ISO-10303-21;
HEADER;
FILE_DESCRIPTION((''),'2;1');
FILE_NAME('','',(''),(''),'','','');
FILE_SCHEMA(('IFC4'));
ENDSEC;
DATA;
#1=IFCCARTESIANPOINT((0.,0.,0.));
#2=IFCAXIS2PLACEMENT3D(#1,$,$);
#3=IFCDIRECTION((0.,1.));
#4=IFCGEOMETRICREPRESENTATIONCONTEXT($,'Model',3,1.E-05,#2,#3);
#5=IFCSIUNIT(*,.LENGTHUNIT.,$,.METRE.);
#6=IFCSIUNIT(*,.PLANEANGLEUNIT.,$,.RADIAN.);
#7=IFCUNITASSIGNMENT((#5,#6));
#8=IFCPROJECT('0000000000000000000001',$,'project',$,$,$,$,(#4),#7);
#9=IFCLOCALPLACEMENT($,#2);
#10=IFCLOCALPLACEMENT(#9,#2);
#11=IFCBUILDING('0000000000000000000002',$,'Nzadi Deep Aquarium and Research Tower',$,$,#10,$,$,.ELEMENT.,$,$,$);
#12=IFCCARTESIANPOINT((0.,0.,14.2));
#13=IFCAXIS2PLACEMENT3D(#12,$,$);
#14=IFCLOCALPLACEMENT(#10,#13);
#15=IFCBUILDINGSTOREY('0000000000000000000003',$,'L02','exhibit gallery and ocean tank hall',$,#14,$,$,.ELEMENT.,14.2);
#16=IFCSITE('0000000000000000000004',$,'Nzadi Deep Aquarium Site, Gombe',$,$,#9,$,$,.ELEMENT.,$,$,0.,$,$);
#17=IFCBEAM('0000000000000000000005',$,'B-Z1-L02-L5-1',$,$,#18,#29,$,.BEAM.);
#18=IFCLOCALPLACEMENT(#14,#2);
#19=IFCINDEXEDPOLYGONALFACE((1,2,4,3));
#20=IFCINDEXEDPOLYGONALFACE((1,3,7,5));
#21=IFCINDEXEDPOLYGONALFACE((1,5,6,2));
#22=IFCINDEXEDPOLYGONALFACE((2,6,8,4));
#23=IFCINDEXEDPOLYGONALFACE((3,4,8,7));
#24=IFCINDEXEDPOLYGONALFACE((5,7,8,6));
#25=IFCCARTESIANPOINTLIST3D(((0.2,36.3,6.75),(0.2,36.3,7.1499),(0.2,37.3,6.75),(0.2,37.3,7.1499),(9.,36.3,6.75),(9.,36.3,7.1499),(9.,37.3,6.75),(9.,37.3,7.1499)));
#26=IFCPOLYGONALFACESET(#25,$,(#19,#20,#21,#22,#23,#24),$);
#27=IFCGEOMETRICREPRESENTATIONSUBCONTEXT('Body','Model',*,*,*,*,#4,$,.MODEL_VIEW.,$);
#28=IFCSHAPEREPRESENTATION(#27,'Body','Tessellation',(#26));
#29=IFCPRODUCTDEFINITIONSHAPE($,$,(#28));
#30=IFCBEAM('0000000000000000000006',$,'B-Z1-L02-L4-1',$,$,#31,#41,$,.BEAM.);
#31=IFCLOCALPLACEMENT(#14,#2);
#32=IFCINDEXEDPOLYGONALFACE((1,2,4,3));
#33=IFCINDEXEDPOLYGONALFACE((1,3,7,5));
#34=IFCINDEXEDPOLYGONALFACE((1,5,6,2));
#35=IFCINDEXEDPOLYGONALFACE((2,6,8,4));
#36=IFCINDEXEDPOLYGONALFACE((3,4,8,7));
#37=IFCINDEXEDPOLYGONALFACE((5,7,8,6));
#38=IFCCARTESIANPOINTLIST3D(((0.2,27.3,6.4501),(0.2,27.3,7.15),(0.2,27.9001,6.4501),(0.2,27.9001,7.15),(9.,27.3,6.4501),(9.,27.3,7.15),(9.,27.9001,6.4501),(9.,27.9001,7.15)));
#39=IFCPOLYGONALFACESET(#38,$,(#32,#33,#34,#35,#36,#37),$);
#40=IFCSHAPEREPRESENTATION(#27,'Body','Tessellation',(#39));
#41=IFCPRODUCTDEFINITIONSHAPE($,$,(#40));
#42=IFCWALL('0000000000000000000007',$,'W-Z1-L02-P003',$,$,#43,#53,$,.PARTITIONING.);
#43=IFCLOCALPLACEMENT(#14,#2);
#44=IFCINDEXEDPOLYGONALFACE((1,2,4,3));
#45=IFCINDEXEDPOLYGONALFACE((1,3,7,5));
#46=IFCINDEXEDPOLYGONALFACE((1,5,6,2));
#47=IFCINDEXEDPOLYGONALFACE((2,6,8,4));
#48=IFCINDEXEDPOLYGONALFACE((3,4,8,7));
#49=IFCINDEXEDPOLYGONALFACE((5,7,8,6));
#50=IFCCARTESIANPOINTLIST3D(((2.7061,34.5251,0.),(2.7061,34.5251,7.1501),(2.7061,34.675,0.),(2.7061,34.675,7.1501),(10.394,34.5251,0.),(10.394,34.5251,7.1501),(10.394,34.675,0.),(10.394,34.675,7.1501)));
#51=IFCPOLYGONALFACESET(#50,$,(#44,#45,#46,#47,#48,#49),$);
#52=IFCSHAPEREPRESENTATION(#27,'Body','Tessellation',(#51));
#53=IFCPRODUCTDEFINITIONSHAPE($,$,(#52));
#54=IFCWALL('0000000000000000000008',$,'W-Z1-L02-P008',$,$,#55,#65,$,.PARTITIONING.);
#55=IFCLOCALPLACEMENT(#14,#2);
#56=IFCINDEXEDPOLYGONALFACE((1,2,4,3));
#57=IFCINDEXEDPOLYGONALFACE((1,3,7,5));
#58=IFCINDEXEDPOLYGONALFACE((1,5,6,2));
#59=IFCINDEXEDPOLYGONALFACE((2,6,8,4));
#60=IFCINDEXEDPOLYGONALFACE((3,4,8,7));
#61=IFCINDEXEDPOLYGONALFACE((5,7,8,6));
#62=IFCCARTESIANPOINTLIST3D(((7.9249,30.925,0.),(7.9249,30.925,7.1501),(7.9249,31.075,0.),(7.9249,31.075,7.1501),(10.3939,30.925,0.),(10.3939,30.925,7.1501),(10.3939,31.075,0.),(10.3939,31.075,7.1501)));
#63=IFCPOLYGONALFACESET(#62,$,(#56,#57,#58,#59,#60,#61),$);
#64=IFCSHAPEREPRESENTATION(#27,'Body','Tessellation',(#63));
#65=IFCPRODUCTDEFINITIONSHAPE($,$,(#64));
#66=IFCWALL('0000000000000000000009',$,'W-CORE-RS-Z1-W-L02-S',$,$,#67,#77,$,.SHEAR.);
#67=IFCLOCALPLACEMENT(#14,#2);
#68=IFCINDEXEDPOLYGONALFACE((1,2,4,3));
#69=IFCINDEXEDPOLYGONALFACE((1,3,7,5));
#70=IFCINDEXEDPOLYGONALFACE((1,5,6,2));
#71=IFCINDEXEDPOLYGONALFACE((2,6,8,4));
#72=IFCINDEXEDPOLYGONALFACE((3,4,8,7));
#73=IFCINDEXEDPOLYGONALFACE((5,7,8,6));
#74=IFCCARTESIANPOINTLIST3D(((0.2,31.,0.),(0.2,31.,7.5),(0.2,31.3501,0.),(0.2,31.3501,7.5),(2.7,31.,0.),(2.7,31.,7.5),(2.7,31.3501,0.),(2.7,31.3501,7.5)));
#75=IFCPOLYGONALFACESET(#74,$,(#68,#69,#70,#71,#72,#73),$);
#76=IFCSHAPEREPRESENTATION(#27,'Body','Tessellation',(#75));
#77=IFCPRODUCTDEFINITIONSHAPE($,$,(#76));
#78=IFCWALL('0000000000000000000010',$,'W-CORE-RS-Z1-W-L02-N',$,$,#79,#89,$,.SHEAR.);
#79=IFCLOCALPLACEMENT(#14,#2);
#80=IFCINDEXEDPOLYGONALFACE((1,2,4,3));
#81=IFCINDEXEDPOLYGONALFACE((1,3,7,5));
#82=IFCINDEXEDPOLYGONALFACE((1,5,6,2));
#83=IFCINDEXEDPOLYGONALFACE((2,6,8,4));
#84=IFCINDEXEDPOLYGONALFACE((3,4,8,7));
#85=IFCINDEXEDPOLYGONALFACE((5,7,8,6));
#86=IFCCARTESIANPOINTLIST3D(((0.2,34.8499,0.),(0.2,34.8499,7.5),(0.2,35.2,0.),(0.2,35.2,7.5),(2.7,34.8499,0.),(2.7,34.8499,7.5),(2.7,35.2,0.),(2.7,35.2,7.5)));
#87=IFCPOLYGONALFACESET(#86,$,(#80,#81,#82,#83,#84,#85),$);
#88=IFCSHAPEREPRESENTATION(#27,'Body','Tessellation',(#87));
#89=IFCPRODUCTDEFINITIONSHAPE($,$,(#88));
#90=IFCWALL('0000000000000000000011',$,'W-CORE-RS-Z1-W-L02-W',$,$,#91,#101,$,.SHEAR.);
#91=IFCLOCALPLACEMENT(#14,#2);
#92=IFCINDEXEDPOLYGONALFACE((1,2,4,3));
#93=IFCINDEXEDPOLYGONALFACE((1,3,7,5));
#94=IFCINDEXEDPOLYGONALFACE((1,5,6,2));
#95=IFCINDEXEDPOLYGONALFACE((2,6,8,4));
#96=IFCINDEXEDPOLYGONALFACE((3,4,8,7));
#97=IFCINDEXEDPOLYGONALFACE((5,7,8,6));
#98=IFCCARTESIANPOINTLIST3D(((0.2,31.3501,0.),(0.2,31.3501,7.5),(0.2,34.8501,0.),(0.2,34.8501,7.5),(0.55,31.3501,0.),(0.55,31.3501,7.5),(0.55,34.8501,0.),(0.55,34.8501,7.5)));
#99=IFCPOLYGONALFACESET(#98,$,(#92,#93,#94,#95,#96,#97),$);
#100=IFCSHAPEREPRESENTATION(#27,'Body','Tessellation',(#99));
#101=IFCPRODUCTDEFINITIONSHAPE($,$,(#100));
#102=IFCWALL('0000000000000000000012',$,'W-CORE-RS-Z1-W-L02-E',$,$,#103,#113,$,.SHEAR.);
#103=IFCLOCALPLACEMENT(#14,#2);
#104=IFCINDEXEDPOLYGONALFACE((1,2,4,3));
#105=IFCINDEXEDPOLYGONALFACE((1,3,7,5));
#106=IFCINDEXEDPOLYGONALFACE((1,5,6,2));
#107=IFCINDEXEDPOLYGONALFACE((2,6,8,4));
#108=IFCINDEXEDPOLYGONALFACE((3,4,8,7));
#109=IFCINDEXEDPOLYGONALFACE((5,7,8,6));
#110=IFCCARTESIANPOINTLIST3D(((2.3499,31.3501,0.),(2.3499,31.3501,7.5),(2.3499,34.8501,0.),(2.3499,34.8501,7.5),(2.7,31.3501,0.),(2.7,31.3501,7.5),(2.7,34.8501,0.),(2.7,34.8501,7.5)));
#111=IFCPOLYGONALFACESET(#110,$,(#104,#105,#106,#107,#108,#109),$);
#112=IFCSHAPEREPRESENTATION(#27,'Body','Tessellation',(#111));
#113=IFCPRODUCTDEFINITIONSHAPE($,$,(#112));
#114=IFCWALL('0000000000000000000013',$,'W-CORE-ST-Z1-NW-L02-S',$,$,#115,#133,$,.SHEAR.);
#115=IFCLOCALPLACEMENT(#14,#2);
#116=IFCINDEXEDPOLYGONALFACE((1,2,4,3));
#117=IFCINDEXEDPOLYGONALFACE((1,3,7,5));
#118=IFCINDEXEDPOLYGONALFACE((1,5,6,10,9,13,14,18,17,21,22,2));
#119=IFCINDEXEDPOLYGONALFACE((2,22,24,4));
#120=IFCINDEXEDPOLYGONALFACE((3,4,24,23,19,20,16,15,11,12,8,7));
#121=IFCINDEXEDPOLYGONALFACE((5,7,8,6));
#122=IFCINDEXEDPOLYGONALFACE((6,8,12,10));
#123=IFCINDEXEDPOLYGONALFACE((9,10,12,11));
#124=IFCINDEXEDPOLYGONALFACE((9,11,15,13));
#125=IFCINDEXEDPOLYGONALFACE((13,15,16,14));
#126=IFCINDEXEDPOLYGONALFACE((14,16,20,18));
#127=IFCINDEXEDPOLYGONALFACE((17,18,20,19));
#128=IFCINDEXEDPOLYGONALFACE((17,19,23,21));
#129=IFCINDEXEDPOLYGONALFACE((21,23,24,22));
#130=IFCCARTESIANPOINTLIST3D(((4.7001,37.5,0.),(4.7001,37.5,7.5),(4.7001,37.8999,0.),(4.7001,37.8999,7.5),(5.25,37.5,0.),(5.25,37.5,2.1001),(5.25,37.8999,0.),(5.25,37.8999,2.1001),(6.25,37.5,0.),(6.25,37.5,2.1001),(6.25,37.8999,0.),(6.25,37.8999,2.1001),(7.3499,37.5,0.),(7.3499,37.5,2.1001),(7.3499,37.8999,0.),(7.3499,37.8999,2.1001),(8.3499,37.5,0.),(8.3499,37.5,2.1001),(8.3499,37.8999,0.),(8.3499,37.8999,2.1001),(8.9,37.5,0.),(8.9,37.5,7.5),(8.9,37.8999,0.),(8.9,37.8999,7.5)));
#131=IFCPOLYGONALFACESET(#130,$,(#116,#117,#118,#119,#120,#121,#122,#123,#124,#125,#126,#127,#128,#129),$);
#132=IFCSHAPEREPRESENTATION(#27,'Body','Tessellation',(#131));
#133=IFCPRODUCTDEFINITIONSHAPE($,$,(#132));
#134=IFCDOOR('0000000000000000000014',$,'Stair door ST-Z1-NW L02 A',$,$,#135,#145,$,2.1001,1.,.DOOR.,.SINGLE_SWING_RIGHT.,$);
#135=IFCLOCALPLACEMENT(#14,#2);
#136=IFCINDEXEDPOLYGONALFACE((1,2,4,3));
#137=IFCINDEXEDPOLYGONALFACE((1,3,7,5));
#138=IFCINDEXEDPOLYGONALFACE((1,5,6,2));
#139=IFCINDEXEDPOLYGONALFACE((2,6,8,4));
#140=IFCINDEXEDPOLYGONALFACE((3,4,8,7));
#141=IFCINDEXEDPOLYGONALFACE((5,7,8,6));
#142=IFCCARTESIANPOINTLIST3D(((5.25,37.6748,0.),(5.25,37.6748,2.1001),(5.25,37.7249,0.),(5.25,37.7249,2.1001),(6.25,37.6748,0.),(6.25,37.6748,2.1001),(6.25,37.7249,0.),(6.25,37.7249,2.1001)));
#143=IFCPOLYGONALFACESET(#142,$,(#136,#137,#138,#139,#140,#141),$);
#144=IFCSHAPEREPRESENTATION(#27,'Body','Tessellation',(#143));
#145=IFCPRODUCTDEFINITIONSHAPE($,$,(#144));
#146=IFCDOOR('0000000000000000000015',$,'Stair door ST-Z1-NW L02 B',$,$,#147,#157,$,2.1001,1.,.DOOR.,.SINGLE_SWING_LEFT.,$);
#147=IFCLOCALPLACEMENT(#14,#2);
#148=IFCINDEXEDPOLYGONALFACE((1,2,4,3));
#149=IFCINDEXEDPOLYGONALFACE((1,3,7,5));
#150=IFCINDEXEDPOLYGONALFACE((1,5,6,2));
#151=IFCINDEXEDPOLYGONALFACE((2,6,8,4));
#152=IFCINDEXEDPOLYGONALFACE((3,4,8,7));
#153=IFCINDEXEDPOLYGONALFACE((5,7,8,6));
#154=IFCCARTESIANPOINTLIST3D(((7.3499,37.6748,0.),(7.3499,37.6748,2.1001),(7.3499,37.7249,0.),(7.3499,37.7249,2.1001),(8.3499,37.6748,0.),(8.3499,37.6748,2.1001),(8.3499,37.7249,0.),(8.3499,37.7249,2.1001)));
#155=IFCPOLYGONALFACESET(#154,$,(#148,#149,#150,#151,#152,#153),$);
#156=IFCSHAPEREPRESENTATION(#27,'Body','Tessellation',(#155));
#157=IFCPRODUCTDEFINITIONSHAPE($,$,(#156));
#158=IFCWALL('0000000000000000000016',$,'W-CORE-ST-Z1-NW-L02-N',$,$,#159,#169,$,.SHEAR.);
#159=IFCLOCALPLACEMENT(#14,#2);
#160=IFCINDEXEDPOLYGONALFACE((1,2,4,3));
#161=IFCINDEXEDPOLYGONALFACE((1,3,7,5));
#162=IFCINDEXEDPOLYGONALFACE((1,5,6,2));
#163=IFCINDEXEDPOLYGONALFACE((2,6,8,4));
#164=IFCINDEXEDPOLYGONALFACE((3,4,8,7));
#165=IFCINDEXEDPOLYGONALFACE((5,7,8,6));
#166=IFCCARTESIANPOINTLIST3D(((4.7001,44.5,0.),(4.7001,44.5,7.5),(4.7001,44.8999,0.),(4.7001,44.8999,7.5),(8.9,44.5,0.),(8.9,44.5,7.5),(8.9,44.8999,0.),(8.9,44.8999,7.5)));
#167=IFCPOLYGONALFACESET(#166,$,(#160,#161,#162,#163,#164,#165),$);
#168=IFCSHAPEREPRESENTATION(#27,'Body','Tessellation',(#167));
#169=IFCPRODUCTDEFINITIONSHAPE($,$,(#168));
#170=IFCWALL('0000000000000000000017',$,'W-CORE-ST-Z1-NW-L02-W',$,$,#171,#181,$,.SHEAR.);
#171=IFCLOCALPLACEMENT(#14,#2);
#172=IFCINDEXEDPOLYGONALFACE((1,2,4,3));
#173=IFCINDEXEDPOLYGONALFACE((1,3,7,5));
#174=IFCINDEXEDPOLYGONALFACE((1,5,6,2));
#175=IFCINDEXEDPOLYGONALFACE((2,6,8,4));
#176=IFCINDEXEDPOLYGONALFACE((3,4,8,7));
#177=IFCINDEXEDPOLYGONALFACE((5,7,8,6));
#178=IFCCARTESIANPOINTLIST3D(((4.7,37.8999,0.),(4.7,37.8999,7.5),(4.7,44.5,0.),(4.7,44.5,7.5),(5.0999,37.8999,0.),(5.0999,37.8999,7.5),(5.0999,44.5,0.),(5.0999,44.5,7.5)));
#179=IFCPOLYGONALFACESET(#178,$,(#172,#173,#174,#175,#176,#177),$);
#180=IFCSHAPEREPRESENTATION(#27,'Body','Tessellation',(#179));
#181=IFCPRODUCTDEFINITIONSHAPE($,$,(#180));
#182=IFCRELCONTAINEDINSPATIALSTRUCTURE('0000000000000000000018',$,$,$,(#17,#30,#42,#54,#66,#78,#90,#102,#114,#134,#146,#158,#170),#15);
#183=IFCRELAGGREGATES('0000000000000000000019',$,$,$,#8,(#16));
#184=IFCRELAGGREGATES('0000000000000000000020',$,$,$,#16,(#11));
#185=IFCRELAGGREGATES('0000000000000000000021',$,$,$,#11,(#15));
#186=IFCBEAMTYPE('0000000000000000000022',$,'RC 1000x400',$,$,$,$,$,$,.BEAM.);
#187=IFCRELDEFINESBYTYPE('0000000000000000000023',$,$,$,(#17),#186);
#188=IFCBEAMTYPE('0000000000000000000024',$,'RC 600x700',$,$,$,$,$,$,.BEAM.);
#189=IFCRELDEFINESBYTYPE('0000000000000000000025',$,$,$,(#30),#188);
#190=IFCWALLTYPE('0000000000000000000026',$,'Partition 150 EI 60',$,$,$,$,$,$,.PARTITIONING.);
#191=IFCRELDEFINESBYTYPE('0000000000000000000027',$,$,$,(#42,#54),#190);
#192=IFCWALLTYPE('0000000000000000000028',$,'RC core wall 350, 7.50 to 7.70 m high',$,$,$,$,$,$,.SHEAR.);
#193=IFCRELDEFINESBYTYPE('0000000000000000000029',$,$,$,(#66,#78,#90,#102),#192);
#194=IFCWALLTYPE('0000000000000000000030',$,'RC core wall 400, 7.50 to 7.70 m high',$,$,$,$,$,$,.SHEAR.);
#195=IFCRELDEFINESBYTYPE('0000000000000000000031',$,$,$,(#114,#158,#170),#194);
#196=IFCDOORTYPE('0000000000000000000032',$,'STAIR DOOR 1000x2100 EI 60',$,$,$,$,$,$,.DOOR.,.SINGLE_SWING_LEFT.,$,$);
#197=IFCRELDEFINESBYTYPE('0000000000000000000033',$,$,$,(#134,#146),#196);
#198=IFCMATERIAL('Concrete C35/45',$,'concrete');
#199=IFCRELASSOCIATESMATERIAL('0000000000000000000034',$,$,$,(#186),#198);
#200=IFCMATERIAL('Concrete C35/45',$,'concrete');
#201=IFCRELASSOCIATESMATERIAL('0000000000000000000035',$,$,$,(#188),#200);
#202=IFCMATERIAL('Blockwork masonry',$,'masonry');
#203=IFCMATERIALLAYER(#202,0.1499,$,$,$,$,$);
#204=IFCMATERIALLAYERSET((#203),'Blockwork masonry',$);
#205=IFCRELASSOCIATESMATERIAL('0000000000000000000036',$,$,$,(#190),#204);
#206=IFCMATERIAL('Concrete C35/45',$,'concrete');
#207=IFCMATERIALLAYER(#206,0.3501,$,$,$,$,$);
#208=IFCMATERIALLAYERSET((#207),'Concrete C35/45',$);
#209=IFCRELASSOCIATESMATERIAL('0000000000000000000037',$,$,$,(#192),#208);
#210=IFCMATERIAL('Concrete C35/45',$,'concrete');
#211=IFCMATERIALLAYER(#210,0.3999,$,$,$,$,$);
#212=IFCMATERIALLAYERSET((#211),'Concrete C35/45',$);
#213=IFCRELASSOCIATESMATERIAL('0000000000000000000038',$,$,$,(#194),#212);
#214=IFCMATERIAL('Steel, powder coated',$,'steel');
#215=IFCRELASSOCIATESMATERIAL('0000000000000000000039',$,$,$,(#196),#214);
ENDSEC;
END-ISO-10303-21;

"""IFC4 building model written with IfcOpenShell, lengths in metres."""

from ifc_helpers import new_model, si_unit, direction, frame, frame_2d, origin, origin_2d, place, context, subcontext, project, spatial, rectangle, extrude, material, layer, layer_set, material_profile, profile_set, type_object, element, fill, save


model = new_model("IFC4")

# Units and contexts
model_context = context("Model", 3, precision=1e-05, world=origin(), true_north=direction((0.0, 1.0)))
body_context = subcontext(model_context, "Body", "Model", "MODEL_VIEW")
ifc_project = project(units=[si_unit("LENGTHUNIT", "METRE"), si_unit("PLANEANGLEUNIT", "RADIAN")], contexts=[model_context])

# Site, building, storey
site_placement = place(None, origin())
site = spatial("IfcSite", under=ifc_project, at=site_placement, Name="Nzadi Deep Aquarium Site, Gombe", CompositionType="ELEMENT", RefElevation=0.0)
building_placement = place(site_placement, origin())
building = spatial("IfcBuilding", under=site, at=building_placement, Name="Nzadi Deep Aquarium and Research Tower", CompositionType="ELEMENT")
storey_placement = place(building_placement, frame((0.0, 0.0, 14.2)))
storey = spatial("IfcBuildingStorey", under=building, at=storey_placement, Name="L02", Description="exhibit gallery and ocean tank hall", CompositionType="ELEMENT", Elevation=14.2)

# Beams
ifc_material_1 = material(Name="Concrete C35/45", Category="concrete")
ifc_material_profile_1 = material_profile(ifc_material_1, rectangle(XDim=1.0, YDim=0.3999, at=origin_2d()))
ifc_profile_set_1 = profile_set([ifc_material_profile_1], Name="Concrete C35/45")
beam_type_1 = type_object("IfcBeamType", Name="RC 1000x400", PredefinedType="BEAM", material=ifc_profile_set_1)
beam_1_placement = place(storey_placement, frame((0.2, 36.8, 6.95), z_axis=(1.0, 0.0, 0.0), x_axis=(0.0, 1.0, 0.0)))
element("IfcBeam", 1, at=beam_1_placement, inside=storey, type_object=beam_type_1, Name="B-Z1-L02-L5-1", PredefinedType="BEAM", context=body_context, shape_type="SweptSolid", body=[
    extrude(rectangle(XDim=1.0, YDim=0.3999, at=origin_2d()), origin(), (0.0, 0.0, 1.0), 8.8),
])
ifc_material_2 = material(Name="Concrete C35/45", Category="concrete")
ifc_material_profile_2 = material_profile(ifc_material_2, rectangle(XDim=0.6001, YDim=0.7, at=origin_2d()))
ifc_profile_set_2 = profile_set([ifc_material_profile_2], Name="Concrete C35/45")
beam_type_2 = type_object("IfcBeamType", Name="RC 600x700", PredefinedType="BEAM", material=ifc_profile_set_2)
beam_2_placement = place(storey_placement, frame((0.2, 27.6001, 6.8), z_axis=(1.0, 0.0, 0.0), x_axis=(0.0, 1.0, 0.0)))
element("IfcBeam", 2, at=beam_2_placement, inside=storey, type_object=beam_type_2, Name="B-Z1-L02-L4-1", PredefinedType="BEAM", context=body_context, shape_type="SweptSolid", body=[
    extrude(rectangle(XDim=0.6001, YDim=0.7, at=origin_2d()), origin(), (0.0, 0.0, 1.0), 8.8),
])

# Walls
ifc_material_3 = material(Name="Blockwork masonry", Category="masonry")
ifc_layer_1 = layer(ifc_material_3, 0.1499)
ifc_layer_set_1 = layer_set([ifc_layer_1], Name="Blockwork masonry")
wall_type_1 = type_object("IfcWallType", Name="Partition 150 EI 60", PredefinedType="PARTITIONING", material=ifc_layer_set_1)
wall_1_placement = place(storey_placement, frame((2.7061, 34.6001, 0.0), z_axis=(0.0, 0.0, 1.0), x_axis=(1.0, 0.0, 0.0)))
element("IfcWall", 3, at=wall_1_placement, inside=storey, type_object=wall_type_1, Name="W-Z1-L02-P003", PredefinedType="PARTITIONING", context=body_context, shape_type="SweptSolid", body=[
    extrude(rectangle(XDim=7.688, YDim=0.1499, at=frame_2d((3.844, 0.0))), origin(), (0.0, 0.0, 1.0), 7.1501),
])
wall_2_placement = place(storey_placement, frame((7.925, 31.0, 0.0), z_axis=(0.0, 0.0, 1.0), x_axis=(1.0, 0.0, 0.0)))
element("IfcWall", 4, at=wall_2_placement, inside=storey, type_object=wall_type_1, Name="W-Z1-L02-P008", PredefinedType="PARTITIONING", context=body_context, shape_type="SweptSolid", body=[
    extrude(rectangle(XDim=2.469, YDim=0.1499, at=frame_2d((1.2344, 0.0))), origin(), (0.0, 0.0, 1.0), 7.1501),
])
ifc_material_4 = material(Name="Concrete C35/45", Category="concrete")
ifc_layer_2 = layer(ifc_material_4, 0.3501)
ifc_layer_set_2 = layer_set([ifc_layer_2], Name="Concrete C35/45")
wall_type_2 = type_object("IfcWallType", Name="RC core wall 350, 7.50 to 7.70 m high", PredefinedType="SHEAR", material=ifc_layer_set_2)
for number, where, z_axis, x_axis, name in (
    (5, (0.2, 31.175, 0.0), (0.0, 0.0, 1.0), (1.0, 0.0, 0.0), "W-CORE-RS-Z1-W-L02-S"),
    (6, (0.2, 35.0249, 0.0), (0.0, 0.0, 1.0), (1.0, 0.0, 0.0), "W-CORE-RS-Z1-W-L02-N"),
):
    element("IfcWall", number, at=place(storey_placement, frame(where, z_axis=z_axis, x_axis=x_axis)), inside=storey, type_object=wall_type_2, Name=name, PredefinedType="SHEAR", context=body_context, shape_type="SweptSolid", body=[
        extrude(rectangle(XDim=2.5, YDim=0.3501, at=frame_2d((1.25, 0.0))), origin(), (0.0, 0.0, 1.0), 7.5),
    ])
for number, where, z_axis, x_axis, name in (
    (7, (0.375, 31.3501, 0.0), (0.0, 0.0, 1.0), (0.0, 1.0, 0.0), "W-CORE-RS-Z1-W-L02-W"),
    (8, (2.5249, 31.3501, 0.0), (0.0, 0.0, 1.0), (0.0, 1.0, 0.0), "W-CORE-RS-Z1-W-L02-E"),
):
    element("IfcWall", number, at=place(storey_placement, frame(where, z_axis=z_axis, x_axis=x_axis)), inside=storey, type_object=wall_type_2, Name=name, PredefinedType="SHEAR", context=body_context, shape_type="SweptSolid", body=[
        extrude(rectangle(XDim=3.5, YDim=0.3501, at=frame_2d((1.75, 0.0))), origin(), (0.0, 0.0, 1.0), 7.5),
    ])

# Wall, openings, doors
ifc_material_5 = material(Name="Concrete C35/45", Category="concrete")
ifc_layer_3 = layer(ifc_material_5, 0.3999)
ifc_layer_set_3 = layer_set([ifc_layer_3], Name="Concrete C35/45")
wall_type_3 = type_object("IfcWallType", Name="RC core wall 400, 7.50 to 7.70 m high", PredefinedType="SHEAR", material=ifc_layer_set_3)
wall_3_placement = place(storey_placement, frame((4.7, 37.7, 0.0), z_axis=(0.0, 0.0, 1.0), x_axis=(1.0, 0.0, 0.0)))
wall_3 = element("IfcWall", 9, at=wall_3_placement, inside=storey, type_object=wall_type_3, Name="W-CORE-ST-Z1-NW-L02-S", PredefinedType="SHEAR", context=body_context, shape_type="SweptSolid", body=[
    extrude(rectangle(XDim=4.2, YDim=0.3999, at=frame_2d((2.1001, 0.0))), origin(), (0.0, 0.0, 1.0), 7.5),
])
opening_1_placement = place(wall_3_placement, frame((0.55, 0.0, 0.0)))
opening_1 = element("IfcOpeningElement", 10, at=opening_1_placement, cuts=wall_3, PredefinedType="OPENING", context=body_context, shape_type="SweptSolid", body=[
    extrude(rectangle(XDim=1.0, YDim=2.1001, at=frame_2d((0.5, 1.05))), frame((0.0, 0.21, 0.0), z_axis=(0.0, -1.0, 0.0), x_axis=(1.0, 0.0, 0.0)), (0.0, 0.0, 1.0), 0.4199),
])
opening_2_placement = place(wall_3_placement, frame((2.6499, 0.0, 0.0)))
opening_2 = element("IfcOpeningElement", 11, at=opening_2_placement, cuts=wall_3, PredefinedType="OPENING", context=body_context, shape_type="SweptSolid", body=[
    extrude(rectangle(XDim=1.0, YDim=2.1001, at=frame_2d((0.5, 1.05))), frame((0.0, 0.21, 0.0), z_axis=(0.0, -1.0, 0.0), x_axis=(1.0, 0.0, 0.0)), (0.0, 0.0, 1.0), 0.4199),
])
ifc_material_6 = material(Name="Steel, powder coated", Category="steel")
door_type = type_object("IfcDoorType", Name="STAIR DOOR 1000x2100 EI 60", OperationType="SINGLE_SWING_LEFT", PredefinedType="DOOR", material=ifc_material_6)
door_1_placement = place(opening_1_placement, origin())
door_1 = element("IfcDoor", 12, at=door_1_placement, inside=storey, type_object=door_type, Name="Stair door ST-Z1-NW L02 A", OperationType="SINGLE_SWING_RIGHT", OverallHeight=2.1001, OverallWidth=1.0, PredefinedType="DOOR", context=body_context, shape_type="SweptSolid", body=[
    extrude(rectangle(XDim=1.0, YDim=2.1001, at=frame_2d((0.5, 1.05))), frame((0.0, 0.0249, 0.0), z_axis=(0.0, -1.0, 0.0), x_axis=(1.0, 0.0, 0.0)), (0.0, 0.0, 1.0), 0.05),
])
fill(opening_1, door_1)
door_2_placement = place(opening_2_placement, origin())
door_2 = element("IfcDoor", 13, at=door_2_placement, inside=storey, type_object=door_type, Name="Stair door ST-Z1-NW L02 B", OperationType="SINGLE_SWING_LEFT", OverallHeight=2.1001, OverallWidth=1.0, PredefinedType="DOOR", context=body_context, shape_type="SweptSolid", body=[
    extrude(rectangle(XDim=1.0, YDim=2.1001, at=frame_2d((0.5, 1.05))), frame((0.0, 0.0249, 0.0), z_axis=(0.0, -1.0, 0.0), x_axis=(1.0, 0.0, 0.0)), (0.0, 0.0, 1.0), 0.05),
])
fill(opening_2, door_2)

# Walls
wall_4_placement = place(storey_placement, frame((4.7, 44.7, 0.0), z_axis=(0.0, 0.0, 1.0), x_axis=(1.0, 0.0, 0.0)))
element("IfcWall", 14, at=wall_4_placement, inside=storey, type_object=wall_type_3, Name="W-CORE-ST-Z1-NW-L02-N", PredefinedType="SHEAR", context=body_context, shape_type="SweptSolid", body=[
    extrude(rectangle(XDim=4.2, YDim=0.3999, at=frame_2d((2.1001, 0.0))), origin(), (0.0, 0.0, 1.0), 7.5),
])
for number, where, z_axis, x_axis, name in (
    (15, (4.8999, 37.8999, 0.0), (0.0, 0.0, 1.0), (0.0, 1.0, 0.0), "W-CORE-ST-Z1-NW-L02-W"),
):
    element("IfcWall", number, at=place(storey_placement, frame(where, z_axis=z_axis, x_axis=x_axis)), inside=storey, type_object=wall_type_3, Name=name, PredefinedType="SHEAR", context=body_context, shape_type="SweptSolid", body=[
        extrude(rectangle(XDim=6.6001, YDim=0.3999, at=frame_2d((3.3, 0.0))), origin(), (0.0, 0.0, 1.0), 7.5),
    ])

save(model, "model.ifc")
